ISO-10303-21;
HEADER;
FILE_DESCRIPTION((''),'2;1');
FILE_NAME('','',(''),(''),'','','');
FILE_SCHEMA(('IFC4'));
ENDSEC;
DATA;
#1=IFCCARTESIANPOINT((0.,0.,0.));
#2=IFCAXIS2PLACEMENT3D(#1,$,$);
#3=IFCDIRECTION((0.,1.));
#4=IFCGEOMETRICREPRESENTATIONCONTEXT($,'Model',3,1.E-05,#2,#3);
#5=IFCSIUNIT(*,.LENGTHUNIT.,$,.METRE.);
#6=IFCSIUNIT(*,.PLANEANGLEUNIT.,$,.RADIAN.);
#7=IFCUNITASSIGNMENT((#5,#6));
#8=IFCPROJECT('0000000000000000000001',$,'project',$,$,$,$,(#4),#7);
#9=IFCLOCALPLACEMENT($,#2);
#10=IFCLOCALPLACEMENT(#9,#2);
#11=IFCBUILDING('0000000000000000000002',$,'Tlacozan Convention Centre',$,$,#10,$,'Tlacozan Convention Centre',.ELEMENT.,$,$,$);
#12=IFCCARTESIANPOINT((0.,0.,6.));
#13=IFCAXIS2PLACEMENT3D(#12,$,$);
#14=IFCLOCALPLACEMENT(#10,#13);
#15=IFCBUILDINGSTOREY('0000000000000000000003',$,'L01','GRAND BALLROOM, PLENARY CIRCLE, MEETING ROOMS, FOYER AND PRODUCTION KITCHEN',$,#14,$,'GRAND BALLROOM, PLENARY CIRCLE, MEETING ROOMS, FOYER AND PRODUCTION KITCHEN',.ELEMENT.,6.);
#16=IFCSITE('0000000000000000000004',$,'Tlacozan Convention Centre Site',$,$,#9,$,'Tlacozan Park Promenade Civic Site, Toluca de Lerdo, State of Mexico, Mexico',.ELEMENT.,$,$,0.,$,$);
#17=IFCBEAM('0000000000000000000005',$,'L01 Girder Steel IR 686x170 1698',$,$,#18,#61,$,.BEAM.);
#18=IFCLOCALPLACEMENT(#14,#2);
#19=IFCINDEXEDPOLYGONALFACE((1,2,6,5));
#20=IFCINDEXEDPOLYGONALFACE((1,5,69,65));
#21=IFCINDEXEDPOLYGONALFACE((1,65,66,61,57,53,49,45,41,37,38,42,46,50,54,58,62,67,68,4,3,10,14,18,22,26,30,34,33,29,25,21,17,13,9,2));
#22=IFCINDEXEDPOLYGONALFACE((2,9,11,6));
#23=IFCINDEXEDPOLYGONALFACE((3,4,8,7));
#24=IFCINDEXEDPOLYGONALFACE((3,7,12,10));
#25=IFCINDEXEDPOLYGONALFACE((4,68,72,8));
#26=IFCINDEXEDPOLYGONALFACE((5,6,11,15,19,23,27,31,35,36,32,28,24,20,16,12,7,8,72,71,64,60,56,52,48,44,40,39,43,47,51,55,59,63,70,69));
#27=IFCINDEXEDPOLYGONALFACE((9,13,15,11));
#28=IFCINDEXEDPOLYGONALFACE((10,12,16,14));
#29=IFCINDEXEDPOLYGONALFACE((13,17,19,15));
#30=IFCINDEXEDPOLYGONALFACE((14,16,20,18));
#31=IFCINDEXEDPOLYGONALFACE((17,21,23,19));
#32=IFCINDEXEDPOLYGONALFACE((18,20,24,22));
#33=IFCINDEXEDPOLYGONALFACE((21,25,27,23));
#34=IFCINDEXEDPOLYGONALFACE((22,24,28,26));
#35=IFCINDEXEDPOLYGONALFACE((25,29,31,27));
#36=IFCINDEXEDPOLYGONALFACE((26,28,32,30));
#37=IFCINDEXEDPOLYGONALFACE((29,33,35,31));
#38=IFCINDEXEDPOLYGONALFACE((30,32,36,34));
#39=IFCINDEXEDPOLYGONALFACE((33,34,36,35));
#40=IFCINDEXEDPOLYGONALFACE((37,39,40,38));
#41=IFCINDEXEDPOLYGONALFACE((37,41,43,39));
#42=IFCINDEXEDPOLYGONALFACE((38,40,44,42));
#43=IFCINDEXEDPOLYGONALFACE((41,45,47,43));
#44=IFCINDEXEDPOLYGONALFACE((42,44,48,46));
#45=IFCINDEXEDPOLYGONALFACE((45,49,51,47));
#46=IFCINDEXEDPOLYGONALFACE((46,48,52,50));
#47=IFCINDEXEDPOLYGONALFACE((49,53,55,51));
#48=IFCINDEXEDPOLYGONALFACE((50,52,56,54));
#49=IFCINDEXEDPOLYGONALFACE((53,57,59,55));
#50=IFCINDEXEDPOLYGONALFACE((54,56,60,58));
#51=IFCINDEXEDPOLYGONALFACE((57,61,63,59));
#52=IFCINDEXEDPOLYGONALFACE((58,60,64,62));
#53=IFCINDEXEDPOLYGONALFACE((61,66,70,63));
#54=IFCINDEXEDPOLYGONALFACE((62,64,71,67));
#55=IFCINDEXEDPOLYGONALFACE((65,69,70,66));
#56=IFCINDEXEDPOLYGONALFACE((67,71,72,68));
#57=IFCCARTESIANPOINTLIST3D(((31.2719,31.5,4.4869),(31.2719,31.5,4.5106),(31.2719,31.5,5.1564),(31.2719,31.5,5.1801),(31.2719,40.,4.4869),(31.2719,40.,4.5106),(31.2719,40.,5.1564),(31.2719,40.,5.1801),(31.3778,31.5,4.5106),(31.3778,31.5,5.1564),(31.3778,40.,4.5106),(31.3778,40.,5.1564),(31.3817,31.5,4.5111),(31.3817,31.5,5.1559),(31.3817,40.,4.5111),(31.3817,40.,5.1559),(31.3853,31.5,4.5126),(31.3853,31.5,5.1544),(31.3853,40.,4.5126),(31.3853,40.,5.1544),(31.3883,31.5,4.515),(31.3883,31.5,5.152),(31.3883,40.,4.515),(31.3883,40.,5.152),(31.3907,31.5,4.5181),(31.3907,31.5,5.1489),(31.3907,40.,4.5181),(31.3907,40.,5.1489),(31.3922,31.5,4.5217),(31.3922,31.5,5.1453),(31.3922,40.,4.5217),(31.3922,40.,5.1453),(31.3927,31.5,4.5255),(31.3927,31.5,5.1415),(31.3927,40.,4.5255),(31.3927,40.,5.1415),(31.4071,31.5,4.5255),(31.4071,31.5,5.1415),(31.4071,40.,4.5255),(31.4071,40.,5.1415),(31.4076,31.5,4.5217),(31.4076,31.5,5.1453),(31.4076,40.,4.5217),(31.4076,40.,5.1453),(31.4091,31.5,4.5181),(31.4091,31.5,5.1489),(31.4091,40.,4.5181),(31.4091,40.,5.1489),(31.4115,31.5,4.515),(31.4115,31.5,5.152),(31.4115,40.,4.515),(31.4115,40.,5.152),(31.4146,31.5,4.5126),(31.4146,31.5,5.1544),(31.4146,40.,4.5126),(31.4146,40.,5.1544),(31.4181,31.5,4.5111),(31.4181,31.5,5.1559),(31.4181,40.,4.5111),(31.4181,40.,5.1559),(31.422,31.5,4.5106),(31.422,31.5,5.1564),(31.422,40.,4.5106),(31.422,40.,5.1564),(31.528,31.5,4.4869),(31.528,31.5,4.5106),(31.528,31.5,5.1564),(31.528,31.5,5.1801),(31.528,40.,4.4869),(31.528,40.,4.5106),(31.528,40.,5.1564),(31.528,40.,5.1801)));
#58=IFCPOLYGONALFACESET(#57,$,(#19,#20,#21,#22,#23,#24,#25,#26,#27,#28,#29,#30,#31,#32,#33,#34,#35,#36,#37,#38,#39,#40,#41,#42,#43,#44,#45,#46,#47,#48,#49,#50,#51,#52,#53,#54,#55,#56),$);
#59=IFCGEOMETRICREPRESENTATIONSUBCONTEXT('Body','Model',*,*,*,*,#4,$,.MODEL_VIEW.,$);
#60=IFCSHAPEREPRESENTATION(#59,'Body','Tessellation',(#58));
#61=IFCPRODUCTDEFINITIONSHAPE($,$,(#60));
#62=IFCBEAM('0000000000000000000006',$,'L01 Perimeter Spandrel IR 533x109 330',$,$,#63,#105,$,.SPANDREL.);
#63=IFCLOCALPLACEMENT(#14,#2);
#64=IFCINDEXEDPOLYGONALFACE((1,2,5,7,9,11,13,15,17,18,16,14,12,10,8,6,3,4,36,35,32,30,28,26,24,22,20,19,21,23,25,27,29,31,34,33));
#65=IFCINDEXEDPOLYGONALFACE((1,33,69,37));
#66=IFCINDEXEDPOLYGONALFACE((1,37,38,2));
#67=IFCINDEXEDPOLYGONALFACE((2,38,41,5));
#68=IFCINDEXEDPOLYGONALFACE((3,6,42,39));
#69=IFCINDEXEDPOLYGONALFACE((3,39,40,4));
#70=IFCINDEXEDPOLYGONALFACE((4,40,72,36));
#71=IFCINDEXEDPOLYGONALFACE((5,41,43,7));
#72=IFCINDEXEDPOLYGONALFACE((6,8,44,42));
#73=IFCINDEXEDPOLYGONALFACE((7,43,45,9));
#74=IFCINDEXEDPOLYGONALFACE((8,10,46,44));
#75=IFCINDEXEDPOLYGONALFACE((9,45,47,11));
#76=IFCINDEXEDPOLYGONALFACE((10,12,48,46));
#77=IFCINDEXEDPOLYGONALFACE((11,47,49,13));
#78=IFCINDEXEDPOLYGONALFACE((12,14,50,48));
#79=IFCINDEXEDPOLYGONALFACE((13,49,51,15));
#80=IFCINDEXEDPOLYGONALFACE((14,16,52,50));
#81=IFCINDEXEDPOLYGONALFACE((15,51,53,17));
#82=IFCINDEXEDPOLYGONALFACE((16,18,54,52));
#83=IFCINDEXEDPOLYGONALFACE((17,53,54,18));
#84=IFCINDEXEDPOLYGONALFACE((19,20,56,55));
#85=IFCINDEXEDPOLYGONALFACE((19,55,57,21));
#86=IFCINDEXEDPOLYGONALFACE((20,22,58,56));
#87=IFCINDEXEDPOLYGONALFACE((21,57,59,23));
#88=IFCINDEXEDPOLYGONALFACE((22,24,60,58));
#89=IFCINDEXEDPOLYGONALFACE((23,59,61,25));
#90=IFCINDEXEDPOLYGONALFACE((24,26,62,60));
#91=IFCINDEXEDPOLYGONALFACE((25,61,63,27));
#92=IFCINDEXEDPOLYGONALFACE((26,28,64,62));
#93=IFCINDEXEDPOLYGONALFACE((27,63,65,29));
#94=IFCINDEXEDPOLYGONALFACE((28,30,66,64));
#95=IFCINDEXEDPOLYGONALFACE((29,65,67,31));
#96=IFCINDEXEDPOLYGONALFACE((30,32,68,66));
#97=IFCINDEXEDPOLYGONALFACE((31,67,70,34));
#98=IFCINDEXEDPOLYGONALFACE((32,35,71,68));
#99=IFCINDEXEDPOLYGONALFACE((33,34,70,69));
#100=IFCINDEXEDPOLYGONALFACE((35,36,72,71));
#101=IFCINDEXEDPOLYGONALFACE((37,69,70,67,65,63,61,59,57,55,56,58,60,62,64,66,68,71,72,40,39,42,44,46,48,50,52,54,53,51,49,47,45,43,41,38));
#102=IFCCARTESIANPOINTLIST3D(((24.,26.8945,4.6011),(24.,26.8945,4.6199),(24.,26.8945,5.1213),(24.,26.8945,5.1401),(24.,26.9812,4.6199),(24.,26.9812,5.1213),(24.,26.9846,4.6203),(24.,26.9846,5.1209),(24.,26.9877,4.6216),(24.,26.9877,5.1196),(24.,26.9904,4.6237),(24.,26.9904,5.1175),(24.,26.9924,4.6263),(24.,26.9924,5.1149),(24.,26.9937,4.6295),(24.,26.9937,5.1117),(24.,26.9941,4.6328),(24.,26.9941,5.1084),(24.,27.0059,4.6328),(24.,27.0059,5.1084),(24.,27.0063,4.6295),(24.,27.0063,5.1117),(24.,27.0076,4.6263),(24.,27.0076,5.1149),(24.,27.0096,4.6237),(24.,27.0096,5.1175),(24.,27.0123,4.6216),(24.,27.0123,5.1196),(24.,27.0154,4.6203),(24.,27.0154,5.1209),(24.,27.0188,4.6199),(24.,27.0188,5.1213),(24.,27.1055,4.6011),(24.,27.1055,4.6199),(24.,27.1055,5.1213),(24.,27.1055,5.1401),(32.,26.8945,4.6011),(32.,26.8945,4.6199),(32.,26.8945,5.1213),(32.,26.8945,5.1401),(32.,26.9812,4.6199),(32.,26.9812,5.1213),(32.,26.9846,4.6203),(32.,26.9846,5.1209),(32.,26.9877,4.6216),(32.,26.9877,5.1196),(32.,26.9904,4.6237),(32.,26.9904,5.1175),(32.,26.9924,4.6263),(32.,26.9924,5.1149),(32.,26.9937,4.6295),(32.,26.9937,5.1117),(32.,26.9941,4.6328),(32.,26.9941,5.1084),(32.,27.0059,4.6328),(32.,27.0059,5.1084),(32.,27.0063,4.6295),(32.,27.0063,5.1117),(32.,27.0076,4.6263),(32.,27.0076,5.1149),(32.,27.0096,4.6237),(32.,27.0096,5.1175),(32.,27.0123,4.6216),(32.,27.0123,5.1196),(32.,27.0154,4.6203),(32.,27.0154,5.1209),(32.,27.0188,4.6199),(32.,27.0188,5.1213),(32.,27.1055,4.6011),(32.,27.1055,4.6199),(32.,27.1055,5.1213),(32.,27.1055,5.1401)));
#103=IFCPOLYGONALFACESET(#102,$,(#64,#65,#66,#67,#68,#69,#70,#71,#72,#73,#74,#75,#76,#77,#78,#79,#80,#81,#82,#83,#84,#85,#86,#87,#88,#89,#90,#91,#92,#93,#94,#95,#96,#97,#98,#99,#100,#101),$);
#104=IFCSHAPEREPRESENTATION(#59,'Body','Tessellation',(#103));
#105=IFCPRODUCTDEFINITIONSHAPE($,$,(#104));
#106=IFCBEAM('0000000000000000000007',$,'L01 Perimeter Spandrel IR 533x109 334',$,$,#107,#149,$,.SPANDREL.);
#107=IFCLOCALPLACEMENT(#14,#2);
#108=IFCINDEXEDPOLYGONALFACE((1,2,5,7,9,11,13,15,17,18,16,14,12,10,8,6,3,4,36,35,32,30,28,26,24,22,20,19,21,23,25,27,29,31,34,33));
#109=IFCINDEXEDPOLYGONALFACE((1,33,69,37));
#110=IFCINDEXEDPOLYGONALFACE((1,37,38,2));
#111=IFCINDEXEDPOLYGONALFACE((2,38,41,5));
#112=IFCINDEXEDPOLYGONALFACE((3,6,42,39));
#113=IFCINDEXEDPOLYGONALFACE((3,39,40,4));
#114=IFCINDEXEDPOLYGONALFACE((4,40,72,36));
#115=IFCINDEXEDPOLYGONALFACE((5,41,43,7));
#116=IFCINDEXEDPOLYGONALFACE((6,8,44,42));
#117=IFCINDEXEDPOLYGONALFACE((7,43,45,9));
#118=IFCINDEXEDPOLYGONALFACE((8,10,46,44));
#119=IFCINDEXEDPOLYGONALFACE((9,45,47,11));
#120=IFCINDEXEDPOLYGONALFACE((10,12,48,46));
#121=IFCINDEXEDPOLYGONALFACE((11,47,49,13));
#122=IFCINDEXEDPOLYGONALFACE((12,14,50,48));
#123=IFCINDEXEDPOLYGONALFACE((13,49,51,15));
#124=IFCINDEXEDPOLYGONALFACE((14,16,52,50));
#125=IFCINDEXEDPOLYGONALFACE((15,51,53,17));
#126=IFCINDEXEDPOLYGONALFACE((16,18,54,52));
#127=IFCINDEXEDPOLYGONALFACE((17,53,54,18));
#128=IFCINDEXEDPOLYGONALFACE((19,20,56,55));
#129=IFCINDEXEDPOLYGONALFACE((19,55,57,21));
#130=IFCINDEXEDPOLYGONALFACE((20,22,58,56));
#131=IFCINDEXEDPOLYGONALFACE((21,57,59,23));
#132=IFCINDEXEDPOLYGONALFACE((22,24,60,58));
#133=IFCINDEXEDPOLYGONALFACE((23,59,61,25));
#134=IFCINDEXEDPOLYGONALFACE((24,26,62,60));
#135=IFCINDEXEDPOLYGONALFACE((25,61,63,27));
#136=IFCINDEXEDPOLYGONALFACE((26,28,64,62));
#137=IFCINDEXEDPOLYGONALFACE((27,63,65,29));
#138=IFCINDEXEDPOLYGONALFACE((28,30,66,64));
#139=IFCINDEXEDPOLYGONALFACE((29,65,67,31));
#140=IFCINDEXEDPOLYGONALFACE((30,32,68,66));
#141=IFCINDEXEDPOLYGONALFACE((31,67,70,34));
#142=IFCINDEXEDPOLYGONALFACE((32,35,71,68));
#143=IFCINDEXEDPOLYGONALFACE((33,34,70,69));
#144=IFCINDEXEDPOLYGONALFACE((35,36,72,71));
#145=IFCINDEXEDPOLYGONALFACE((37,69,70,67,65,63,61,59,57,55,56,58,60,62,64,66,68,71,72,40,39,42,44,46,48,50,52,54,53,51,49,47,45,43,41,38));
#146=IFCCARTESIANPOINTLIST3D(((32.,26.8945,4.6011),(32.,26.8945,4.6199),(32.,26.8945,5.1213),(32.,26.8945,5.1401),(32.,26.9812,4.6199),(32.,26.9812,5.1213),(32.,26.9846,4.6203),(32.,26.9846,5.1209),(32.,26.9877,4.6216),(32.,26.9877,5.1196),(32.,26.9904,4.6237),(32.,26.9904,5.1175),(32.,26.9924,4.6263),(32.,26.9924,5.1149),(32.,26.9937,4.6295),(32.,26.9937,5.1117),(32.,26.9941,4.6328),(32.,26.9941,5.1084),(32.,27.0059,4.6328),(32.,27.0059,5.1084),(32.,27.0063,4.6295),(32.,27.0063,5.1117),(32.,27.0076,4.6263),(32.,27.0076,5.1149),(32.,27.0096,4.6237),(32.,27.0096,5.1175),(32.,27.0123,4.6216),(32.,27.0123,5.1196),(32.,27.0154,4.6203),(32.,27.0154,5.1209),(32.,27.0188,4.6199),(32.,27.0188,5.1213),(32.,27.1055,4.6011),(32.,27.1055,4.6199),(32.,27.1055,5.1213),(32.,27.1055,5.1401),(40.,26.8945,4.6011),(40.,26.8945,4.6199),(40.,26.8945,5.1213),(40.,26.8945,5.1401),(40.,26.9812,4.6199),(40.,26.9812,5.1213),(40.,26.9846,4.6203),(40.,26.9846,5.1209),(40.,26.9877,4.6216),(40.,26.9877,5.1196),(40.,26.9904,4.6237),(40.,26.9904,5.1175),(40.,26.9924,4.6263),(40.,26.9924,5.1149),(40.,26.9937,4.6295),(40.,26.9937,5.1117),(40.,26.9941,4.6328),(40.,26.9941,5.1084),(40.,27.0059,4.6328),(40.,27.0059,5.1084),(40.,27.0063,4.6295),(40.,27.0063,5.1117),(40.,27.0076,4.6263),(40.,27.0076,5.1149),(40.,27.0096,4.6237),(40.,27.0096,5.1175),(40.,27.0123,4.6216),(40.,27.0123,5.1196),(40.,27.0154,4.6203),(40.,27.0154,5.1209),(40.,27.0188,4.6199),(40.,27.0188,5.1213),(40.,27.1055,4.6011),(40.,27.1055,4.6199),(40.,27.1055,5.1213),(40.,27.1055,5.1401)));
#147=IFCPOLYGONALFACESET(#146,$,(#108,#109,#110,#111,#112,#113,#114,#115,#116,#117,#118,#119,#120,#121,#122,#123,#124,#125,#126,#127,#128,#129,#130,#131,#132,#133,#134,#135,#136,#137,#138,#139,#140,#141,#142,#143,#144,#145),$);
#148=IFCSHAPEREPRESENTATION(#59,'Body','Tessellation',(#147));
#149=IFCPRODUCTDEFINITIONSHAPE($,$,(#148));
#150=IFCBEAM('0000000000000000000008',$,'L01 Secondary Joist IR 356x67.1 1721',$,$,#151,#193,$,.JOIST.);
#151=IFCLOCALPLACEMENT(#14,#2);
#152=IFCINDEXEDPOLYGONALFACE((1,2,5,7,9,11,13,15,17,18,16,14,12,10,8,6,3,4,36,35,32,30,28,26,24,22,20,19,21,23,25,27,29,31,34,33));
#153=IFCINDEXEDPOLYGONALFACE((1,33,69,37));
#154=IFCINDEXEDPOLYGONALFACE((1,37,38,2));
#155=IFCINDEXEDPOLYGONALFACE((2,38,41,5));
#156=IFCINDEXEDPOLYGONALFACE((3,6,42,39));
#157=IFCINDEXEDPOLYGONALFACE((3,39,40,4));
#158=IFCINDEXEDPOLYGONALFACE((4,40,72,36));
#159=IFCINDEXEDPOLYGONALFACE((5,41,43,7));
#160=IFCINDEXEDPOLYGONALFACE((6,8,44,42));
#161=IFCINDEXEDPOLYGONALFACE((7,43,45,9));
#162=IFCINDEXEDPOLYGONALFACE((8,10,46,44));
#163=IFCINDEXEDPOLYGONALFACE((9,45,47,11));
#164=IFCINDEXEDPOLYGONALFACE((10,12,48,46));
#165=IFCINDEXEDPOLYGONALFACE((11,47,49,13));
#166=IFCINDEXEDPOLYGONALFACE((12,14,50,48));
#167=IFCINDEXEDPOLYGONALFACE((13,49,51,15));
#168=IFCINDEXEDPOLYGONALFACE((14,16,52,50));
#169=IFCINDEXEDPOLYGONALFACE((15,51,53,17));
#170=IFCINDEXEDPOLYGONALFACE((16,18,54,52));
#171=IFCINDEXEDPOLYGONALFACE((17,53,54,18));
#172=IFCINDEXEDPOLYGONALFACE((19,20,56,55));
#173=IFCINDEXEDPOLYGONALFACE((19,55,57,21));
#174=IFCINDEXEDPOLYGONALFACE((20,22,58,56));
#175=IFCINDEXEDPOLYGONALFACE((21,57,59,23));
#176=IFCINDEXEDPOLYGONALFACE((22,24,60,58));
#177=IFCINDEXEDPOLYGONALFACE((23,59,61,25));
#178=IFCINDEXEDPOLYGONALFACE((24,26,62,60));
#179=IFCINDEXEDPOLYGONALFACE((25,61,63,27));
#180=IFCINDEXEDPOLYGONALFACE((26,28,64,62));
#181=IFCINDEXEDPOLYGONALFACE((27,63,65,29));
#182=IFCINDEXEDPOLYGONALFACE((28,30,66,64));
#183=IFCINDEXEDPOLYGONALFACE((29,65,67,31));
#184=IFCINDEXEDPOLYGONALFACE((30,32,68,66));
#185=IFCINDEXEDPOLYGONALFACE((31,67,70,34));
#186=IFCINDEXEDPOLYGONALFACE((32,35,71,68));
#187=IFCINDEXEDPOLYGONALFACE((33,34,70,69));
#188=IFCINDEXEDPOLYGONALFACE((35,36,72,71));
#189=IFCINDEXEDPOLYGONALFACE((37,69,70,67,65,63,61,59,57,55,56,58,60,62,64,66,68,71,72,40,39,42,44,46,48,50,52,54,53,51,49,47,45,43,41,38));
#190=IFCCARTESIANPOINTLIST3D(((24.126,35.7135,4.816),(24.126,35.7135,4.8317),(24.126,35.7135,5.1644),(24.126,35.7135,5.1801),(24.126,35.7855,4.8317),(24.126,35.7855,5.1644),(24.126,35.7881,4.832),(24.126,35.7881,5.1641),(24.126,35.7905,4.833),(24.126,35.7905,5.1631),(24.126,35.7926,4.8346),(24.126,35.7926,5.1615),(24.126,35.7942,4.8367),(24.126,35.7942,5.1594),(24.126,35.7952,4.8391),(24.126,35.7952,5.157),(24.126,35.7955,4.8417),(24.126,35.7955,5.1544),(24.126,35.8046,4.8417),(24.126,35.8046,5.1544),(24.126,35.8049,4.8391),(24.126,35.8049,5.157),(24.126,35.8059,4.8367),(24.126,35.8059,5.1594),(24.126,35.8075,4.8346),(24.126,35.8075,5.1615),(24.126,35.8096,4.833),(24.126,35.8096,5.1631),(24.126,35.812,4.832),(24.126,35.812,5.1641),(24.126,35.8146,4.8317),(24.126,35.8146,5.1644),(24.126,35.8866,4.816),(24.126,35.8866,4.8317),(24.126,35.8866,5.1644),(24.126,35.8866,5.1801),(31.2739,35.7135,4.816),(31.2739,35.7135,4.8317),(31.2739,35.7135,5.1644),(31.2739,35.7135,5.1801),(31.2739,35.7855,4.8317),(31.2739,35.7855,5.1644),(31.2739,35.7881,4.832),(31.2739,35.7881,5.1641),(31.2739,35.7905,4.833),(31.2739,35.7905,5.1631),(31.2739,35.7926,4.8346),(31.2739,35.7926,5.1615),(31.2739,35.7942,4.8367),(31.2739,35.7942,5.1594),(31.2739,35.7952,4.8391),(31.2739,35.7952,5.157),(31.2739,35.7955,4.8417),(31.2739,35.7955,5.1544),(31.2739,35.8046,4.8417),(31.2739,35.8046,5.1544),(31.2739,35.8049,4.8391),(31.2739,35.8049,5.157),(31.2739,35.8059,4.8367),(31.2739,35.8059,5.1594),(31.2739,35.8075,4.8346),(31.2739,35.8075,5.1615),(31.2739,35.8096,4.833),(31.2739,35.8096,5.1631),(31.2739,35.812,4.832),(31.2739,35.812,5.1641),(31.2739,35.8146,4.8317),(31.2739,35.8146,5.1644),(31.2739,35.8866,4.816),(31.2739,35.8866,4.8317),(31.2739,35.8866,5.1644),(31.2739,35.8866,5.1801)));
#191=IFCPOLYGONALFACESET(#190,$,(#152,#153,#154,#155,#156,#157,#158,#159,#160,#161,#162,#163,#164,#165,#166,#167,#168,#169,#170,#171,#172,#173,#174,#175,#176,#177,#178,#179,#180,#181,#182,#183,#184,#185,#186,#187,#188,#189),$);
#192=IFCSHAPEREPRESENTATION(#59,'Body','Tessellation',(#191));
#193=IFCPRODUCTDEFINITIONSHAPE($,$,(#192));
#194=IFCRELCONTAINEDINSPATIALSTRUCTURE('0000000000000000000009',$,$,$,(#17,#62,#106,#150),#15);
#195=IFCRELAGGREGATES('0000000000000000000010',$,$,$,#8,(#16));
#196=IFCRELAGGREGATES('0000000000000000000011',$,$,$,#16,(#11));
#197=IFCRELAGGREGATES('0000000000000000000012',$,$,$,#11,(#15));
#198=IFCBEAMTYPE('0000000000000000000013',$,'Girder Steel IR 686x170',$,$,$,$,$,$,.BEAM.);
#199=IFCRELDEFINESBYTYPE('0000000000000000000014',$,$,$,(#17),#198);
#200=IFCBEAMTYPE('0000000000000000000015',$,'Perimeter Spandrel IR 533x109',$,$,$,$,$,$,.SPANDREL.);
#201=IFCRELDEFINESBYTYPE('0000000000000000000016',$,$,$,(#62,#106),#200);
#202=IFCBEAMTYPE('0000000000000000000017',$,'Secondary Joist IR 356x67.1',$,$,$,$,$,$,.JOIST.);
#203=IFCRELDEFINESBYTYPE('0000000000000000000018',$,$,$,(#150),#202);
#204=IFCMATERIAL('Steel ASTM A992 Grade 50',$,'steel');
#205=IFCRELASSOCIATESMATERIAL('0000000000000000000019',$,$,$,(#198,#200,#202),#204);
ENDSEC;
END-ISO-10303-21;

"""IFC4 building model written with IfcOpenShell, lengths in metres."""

from ifc_helpers import new_model, si_unit, direction, frame, origin, origin_2d, place, context, subcontext, project, spatial, i_section, extrude, material, material_profile, profile_set, type_object, element, save


model = new_model("IFC4")

# Units and contexts
model_context = context("Model", 3, precision=1e-05, world=origin(), true_north=direction((0.0, 1.0)))
body_context = subcontext(model_context, "Body", "Model", "MODEL_VIEW")
ifc_project = project(units=[si_unit("LENGTHUNIT", "METRE"), si_unit("PLANEANGLEUNIT", "RADIAN")], contexts=[model_context])

# Site, building, storey
site_placement = place(None, origin())
site = spatial("IfcSite", under=ifc_project, at=site_placement, Name="Tlacozan Convention Centre Site", LongName="Tlacozan Park Promenade Civic Site, Toluca de Lerdo, State of Mexico, Mexico", CompositionType="ELEMENT", RefElevation=0.0)
building_placement = place(site_placement, origin())
building = spatial("IfcBuilding", under=site, at=building_placement, Name="Tlacozan Convention Centre", LongName="Tlacozan Convention Centre", CompositionType="ELEMENT")
storey_placement = place(building_placement, frame((0.0, 0.0, 6.0)))
storey = spatial("IfcBuildingStorey", under=building, at=storey_placement, Name="L01", Description="GRAND BALLROOM, PLENARY CIRCLE, MEETING ROOMS, FOYER AND PRODUCTION KITCHEN", LongName="GRAND BALLROOM, PLENARY CIRCLE, MEETING ROOMS, FOYER AND PRODUCTION KITCHEN", CompositionType="ELEMENT", Elevation=6.0)

# Beams
ifc_material_1 = material(Name="Steel ASTM A992 Grade 50", Category="steel")
ifc_material_profile_1 = material_profile(ifc_material_1, i_section(OverallWidth=0.2561, OverallDepth=0.6931, WebThickness=0.0144, FlangeThickness=0.0237, FilletRadius=0.0149, at=origin_2d()), Name="IR 686x170.0")
ifc_profile_set_1 = profile_set([ifc_material_profile_1], Name="Steel ASTM A992 Grade 50")
beam_type_1 = type_object("IfcBeamType", Name="Girder Steel IR 686x170", PredefinedType="BEAM", material=ifc_profile_set_1)
beam_1_placement = place(storey_placement, frame((31.3999, 31.5, 4.8335), z_axis=(0.0, 1.0, 0.0), x_axis=(-1.0, 0.0, 0.0)))
element("IfcBeam", 1, at=beam_1_placement, inside=storey, type_object=beam_type_1, Name="L01 Girder Steel IR 686x170 1698", PredefinedType="BEAM", context=body_context, shape_type="SweptSolid", body=[
    extrude(i_section(OverallWidth=0.2561, OverallDepth=0.6931, WebThickness=0.0144, FlangeThickness=0.0237, FilletRadius=0.0149, at=origin_2d()), origin(), (0.0, 0.0, 1.0), 8.5),
])
ifc_material_profile_2 = material_profile(ifc_material_1, i_section(OverallWidth=0.2109, OverallDepth=0.5391, WebThickness=0.0117, FlangeThickness=0.0188, FilletRadius=0.0129, at=origin_2d()), Name="IR 533x109.0")
ifc_profile_set_2 = profile_set([ifc_material_profile_2], Name="Steel ASTM A992 Grade 50")
beam_type_2 = type_object("IfcBeamType", Name="Perimeter Spandrel IR 533x109", PredefinedType="SPANDREL", material=ifc_profile_set_2)
for number, where, z_axis, x_axis, name in (
    (2, (24.0, 27.0, 4.8706), (1.0, 0.0, 0.0), (0.0, 1.0, 0.0), "L01 Perimeter Spandrel IR 533x109 330"),
    (3, (32.0, 27.0, 4.8706), (1.0, 0.0, 0.0), (0.0, 1.0, 0.0), "L01 Perimeter Spandrel IR 533x109 334"),
):
    element("IfcBeam", number, at=place(storey_placement, frame(where, z_axis=z_axis, x_axis=x_axis)), inside=storey, type_object=beam_type_2, Name=name, PredefinedType="SPANDREL", context=body_context, shape_type="SweptSolid", body=[
        extrude(i_section(OverallWidth=0.2109, OverallDepth=0.5391, WebThickness=0.0117, FlangeThickness=0.0188, FilletRadius=0.0129, at=origin_2d()), origin(), (0.0, 0.0, 1.0), 8.0),
    ])
ifc_material_profile_3 = material_profile(ifc_material_1, i_section(OverallWidth=0.1731, OverallDepth=0.364, WebThickness=0.009, FlangeThickness=0.0156, FilletRadius=0.01, at=origin_2d()), Name="IR 356x67.1")
ifc_profile_set_3 = profile_set([ifc_material_profile_3], Name="Steel ASTM A992 Grade 50")
beam_type_3 = type_object("IfcBeamType", Name="Secondary Joist IR 356x67.1", PredefinedType="JOIST", material=ifc_profile_set_3)
beam_2_placement = place(storey_placement, frame((24.126, 35.8, 4.998), z_axis=(1.0, 0.0, 0.0), x_axis=(0.0, 1.0, 0.0)))
element("IfcBeam", 4, at=beam_2_placement, inside=storey, type_object=beam_type_3, Name="L01 Secondary Joist IR 356x67.1 1721", PredefinedType="JOIST", context=body_context, shape_type="SweptSolid", body=[
    extrude(i_section(OverallWidth=0.1731, OverallDepth=0.364, WebThickness=0.009, FlangeThickness=0.0156, FilletRadius=0.01, at=origin_2d()), origin(), (0.0, 0.0, 1.0), 7.1479),
])

save(model, "model.ifc")
